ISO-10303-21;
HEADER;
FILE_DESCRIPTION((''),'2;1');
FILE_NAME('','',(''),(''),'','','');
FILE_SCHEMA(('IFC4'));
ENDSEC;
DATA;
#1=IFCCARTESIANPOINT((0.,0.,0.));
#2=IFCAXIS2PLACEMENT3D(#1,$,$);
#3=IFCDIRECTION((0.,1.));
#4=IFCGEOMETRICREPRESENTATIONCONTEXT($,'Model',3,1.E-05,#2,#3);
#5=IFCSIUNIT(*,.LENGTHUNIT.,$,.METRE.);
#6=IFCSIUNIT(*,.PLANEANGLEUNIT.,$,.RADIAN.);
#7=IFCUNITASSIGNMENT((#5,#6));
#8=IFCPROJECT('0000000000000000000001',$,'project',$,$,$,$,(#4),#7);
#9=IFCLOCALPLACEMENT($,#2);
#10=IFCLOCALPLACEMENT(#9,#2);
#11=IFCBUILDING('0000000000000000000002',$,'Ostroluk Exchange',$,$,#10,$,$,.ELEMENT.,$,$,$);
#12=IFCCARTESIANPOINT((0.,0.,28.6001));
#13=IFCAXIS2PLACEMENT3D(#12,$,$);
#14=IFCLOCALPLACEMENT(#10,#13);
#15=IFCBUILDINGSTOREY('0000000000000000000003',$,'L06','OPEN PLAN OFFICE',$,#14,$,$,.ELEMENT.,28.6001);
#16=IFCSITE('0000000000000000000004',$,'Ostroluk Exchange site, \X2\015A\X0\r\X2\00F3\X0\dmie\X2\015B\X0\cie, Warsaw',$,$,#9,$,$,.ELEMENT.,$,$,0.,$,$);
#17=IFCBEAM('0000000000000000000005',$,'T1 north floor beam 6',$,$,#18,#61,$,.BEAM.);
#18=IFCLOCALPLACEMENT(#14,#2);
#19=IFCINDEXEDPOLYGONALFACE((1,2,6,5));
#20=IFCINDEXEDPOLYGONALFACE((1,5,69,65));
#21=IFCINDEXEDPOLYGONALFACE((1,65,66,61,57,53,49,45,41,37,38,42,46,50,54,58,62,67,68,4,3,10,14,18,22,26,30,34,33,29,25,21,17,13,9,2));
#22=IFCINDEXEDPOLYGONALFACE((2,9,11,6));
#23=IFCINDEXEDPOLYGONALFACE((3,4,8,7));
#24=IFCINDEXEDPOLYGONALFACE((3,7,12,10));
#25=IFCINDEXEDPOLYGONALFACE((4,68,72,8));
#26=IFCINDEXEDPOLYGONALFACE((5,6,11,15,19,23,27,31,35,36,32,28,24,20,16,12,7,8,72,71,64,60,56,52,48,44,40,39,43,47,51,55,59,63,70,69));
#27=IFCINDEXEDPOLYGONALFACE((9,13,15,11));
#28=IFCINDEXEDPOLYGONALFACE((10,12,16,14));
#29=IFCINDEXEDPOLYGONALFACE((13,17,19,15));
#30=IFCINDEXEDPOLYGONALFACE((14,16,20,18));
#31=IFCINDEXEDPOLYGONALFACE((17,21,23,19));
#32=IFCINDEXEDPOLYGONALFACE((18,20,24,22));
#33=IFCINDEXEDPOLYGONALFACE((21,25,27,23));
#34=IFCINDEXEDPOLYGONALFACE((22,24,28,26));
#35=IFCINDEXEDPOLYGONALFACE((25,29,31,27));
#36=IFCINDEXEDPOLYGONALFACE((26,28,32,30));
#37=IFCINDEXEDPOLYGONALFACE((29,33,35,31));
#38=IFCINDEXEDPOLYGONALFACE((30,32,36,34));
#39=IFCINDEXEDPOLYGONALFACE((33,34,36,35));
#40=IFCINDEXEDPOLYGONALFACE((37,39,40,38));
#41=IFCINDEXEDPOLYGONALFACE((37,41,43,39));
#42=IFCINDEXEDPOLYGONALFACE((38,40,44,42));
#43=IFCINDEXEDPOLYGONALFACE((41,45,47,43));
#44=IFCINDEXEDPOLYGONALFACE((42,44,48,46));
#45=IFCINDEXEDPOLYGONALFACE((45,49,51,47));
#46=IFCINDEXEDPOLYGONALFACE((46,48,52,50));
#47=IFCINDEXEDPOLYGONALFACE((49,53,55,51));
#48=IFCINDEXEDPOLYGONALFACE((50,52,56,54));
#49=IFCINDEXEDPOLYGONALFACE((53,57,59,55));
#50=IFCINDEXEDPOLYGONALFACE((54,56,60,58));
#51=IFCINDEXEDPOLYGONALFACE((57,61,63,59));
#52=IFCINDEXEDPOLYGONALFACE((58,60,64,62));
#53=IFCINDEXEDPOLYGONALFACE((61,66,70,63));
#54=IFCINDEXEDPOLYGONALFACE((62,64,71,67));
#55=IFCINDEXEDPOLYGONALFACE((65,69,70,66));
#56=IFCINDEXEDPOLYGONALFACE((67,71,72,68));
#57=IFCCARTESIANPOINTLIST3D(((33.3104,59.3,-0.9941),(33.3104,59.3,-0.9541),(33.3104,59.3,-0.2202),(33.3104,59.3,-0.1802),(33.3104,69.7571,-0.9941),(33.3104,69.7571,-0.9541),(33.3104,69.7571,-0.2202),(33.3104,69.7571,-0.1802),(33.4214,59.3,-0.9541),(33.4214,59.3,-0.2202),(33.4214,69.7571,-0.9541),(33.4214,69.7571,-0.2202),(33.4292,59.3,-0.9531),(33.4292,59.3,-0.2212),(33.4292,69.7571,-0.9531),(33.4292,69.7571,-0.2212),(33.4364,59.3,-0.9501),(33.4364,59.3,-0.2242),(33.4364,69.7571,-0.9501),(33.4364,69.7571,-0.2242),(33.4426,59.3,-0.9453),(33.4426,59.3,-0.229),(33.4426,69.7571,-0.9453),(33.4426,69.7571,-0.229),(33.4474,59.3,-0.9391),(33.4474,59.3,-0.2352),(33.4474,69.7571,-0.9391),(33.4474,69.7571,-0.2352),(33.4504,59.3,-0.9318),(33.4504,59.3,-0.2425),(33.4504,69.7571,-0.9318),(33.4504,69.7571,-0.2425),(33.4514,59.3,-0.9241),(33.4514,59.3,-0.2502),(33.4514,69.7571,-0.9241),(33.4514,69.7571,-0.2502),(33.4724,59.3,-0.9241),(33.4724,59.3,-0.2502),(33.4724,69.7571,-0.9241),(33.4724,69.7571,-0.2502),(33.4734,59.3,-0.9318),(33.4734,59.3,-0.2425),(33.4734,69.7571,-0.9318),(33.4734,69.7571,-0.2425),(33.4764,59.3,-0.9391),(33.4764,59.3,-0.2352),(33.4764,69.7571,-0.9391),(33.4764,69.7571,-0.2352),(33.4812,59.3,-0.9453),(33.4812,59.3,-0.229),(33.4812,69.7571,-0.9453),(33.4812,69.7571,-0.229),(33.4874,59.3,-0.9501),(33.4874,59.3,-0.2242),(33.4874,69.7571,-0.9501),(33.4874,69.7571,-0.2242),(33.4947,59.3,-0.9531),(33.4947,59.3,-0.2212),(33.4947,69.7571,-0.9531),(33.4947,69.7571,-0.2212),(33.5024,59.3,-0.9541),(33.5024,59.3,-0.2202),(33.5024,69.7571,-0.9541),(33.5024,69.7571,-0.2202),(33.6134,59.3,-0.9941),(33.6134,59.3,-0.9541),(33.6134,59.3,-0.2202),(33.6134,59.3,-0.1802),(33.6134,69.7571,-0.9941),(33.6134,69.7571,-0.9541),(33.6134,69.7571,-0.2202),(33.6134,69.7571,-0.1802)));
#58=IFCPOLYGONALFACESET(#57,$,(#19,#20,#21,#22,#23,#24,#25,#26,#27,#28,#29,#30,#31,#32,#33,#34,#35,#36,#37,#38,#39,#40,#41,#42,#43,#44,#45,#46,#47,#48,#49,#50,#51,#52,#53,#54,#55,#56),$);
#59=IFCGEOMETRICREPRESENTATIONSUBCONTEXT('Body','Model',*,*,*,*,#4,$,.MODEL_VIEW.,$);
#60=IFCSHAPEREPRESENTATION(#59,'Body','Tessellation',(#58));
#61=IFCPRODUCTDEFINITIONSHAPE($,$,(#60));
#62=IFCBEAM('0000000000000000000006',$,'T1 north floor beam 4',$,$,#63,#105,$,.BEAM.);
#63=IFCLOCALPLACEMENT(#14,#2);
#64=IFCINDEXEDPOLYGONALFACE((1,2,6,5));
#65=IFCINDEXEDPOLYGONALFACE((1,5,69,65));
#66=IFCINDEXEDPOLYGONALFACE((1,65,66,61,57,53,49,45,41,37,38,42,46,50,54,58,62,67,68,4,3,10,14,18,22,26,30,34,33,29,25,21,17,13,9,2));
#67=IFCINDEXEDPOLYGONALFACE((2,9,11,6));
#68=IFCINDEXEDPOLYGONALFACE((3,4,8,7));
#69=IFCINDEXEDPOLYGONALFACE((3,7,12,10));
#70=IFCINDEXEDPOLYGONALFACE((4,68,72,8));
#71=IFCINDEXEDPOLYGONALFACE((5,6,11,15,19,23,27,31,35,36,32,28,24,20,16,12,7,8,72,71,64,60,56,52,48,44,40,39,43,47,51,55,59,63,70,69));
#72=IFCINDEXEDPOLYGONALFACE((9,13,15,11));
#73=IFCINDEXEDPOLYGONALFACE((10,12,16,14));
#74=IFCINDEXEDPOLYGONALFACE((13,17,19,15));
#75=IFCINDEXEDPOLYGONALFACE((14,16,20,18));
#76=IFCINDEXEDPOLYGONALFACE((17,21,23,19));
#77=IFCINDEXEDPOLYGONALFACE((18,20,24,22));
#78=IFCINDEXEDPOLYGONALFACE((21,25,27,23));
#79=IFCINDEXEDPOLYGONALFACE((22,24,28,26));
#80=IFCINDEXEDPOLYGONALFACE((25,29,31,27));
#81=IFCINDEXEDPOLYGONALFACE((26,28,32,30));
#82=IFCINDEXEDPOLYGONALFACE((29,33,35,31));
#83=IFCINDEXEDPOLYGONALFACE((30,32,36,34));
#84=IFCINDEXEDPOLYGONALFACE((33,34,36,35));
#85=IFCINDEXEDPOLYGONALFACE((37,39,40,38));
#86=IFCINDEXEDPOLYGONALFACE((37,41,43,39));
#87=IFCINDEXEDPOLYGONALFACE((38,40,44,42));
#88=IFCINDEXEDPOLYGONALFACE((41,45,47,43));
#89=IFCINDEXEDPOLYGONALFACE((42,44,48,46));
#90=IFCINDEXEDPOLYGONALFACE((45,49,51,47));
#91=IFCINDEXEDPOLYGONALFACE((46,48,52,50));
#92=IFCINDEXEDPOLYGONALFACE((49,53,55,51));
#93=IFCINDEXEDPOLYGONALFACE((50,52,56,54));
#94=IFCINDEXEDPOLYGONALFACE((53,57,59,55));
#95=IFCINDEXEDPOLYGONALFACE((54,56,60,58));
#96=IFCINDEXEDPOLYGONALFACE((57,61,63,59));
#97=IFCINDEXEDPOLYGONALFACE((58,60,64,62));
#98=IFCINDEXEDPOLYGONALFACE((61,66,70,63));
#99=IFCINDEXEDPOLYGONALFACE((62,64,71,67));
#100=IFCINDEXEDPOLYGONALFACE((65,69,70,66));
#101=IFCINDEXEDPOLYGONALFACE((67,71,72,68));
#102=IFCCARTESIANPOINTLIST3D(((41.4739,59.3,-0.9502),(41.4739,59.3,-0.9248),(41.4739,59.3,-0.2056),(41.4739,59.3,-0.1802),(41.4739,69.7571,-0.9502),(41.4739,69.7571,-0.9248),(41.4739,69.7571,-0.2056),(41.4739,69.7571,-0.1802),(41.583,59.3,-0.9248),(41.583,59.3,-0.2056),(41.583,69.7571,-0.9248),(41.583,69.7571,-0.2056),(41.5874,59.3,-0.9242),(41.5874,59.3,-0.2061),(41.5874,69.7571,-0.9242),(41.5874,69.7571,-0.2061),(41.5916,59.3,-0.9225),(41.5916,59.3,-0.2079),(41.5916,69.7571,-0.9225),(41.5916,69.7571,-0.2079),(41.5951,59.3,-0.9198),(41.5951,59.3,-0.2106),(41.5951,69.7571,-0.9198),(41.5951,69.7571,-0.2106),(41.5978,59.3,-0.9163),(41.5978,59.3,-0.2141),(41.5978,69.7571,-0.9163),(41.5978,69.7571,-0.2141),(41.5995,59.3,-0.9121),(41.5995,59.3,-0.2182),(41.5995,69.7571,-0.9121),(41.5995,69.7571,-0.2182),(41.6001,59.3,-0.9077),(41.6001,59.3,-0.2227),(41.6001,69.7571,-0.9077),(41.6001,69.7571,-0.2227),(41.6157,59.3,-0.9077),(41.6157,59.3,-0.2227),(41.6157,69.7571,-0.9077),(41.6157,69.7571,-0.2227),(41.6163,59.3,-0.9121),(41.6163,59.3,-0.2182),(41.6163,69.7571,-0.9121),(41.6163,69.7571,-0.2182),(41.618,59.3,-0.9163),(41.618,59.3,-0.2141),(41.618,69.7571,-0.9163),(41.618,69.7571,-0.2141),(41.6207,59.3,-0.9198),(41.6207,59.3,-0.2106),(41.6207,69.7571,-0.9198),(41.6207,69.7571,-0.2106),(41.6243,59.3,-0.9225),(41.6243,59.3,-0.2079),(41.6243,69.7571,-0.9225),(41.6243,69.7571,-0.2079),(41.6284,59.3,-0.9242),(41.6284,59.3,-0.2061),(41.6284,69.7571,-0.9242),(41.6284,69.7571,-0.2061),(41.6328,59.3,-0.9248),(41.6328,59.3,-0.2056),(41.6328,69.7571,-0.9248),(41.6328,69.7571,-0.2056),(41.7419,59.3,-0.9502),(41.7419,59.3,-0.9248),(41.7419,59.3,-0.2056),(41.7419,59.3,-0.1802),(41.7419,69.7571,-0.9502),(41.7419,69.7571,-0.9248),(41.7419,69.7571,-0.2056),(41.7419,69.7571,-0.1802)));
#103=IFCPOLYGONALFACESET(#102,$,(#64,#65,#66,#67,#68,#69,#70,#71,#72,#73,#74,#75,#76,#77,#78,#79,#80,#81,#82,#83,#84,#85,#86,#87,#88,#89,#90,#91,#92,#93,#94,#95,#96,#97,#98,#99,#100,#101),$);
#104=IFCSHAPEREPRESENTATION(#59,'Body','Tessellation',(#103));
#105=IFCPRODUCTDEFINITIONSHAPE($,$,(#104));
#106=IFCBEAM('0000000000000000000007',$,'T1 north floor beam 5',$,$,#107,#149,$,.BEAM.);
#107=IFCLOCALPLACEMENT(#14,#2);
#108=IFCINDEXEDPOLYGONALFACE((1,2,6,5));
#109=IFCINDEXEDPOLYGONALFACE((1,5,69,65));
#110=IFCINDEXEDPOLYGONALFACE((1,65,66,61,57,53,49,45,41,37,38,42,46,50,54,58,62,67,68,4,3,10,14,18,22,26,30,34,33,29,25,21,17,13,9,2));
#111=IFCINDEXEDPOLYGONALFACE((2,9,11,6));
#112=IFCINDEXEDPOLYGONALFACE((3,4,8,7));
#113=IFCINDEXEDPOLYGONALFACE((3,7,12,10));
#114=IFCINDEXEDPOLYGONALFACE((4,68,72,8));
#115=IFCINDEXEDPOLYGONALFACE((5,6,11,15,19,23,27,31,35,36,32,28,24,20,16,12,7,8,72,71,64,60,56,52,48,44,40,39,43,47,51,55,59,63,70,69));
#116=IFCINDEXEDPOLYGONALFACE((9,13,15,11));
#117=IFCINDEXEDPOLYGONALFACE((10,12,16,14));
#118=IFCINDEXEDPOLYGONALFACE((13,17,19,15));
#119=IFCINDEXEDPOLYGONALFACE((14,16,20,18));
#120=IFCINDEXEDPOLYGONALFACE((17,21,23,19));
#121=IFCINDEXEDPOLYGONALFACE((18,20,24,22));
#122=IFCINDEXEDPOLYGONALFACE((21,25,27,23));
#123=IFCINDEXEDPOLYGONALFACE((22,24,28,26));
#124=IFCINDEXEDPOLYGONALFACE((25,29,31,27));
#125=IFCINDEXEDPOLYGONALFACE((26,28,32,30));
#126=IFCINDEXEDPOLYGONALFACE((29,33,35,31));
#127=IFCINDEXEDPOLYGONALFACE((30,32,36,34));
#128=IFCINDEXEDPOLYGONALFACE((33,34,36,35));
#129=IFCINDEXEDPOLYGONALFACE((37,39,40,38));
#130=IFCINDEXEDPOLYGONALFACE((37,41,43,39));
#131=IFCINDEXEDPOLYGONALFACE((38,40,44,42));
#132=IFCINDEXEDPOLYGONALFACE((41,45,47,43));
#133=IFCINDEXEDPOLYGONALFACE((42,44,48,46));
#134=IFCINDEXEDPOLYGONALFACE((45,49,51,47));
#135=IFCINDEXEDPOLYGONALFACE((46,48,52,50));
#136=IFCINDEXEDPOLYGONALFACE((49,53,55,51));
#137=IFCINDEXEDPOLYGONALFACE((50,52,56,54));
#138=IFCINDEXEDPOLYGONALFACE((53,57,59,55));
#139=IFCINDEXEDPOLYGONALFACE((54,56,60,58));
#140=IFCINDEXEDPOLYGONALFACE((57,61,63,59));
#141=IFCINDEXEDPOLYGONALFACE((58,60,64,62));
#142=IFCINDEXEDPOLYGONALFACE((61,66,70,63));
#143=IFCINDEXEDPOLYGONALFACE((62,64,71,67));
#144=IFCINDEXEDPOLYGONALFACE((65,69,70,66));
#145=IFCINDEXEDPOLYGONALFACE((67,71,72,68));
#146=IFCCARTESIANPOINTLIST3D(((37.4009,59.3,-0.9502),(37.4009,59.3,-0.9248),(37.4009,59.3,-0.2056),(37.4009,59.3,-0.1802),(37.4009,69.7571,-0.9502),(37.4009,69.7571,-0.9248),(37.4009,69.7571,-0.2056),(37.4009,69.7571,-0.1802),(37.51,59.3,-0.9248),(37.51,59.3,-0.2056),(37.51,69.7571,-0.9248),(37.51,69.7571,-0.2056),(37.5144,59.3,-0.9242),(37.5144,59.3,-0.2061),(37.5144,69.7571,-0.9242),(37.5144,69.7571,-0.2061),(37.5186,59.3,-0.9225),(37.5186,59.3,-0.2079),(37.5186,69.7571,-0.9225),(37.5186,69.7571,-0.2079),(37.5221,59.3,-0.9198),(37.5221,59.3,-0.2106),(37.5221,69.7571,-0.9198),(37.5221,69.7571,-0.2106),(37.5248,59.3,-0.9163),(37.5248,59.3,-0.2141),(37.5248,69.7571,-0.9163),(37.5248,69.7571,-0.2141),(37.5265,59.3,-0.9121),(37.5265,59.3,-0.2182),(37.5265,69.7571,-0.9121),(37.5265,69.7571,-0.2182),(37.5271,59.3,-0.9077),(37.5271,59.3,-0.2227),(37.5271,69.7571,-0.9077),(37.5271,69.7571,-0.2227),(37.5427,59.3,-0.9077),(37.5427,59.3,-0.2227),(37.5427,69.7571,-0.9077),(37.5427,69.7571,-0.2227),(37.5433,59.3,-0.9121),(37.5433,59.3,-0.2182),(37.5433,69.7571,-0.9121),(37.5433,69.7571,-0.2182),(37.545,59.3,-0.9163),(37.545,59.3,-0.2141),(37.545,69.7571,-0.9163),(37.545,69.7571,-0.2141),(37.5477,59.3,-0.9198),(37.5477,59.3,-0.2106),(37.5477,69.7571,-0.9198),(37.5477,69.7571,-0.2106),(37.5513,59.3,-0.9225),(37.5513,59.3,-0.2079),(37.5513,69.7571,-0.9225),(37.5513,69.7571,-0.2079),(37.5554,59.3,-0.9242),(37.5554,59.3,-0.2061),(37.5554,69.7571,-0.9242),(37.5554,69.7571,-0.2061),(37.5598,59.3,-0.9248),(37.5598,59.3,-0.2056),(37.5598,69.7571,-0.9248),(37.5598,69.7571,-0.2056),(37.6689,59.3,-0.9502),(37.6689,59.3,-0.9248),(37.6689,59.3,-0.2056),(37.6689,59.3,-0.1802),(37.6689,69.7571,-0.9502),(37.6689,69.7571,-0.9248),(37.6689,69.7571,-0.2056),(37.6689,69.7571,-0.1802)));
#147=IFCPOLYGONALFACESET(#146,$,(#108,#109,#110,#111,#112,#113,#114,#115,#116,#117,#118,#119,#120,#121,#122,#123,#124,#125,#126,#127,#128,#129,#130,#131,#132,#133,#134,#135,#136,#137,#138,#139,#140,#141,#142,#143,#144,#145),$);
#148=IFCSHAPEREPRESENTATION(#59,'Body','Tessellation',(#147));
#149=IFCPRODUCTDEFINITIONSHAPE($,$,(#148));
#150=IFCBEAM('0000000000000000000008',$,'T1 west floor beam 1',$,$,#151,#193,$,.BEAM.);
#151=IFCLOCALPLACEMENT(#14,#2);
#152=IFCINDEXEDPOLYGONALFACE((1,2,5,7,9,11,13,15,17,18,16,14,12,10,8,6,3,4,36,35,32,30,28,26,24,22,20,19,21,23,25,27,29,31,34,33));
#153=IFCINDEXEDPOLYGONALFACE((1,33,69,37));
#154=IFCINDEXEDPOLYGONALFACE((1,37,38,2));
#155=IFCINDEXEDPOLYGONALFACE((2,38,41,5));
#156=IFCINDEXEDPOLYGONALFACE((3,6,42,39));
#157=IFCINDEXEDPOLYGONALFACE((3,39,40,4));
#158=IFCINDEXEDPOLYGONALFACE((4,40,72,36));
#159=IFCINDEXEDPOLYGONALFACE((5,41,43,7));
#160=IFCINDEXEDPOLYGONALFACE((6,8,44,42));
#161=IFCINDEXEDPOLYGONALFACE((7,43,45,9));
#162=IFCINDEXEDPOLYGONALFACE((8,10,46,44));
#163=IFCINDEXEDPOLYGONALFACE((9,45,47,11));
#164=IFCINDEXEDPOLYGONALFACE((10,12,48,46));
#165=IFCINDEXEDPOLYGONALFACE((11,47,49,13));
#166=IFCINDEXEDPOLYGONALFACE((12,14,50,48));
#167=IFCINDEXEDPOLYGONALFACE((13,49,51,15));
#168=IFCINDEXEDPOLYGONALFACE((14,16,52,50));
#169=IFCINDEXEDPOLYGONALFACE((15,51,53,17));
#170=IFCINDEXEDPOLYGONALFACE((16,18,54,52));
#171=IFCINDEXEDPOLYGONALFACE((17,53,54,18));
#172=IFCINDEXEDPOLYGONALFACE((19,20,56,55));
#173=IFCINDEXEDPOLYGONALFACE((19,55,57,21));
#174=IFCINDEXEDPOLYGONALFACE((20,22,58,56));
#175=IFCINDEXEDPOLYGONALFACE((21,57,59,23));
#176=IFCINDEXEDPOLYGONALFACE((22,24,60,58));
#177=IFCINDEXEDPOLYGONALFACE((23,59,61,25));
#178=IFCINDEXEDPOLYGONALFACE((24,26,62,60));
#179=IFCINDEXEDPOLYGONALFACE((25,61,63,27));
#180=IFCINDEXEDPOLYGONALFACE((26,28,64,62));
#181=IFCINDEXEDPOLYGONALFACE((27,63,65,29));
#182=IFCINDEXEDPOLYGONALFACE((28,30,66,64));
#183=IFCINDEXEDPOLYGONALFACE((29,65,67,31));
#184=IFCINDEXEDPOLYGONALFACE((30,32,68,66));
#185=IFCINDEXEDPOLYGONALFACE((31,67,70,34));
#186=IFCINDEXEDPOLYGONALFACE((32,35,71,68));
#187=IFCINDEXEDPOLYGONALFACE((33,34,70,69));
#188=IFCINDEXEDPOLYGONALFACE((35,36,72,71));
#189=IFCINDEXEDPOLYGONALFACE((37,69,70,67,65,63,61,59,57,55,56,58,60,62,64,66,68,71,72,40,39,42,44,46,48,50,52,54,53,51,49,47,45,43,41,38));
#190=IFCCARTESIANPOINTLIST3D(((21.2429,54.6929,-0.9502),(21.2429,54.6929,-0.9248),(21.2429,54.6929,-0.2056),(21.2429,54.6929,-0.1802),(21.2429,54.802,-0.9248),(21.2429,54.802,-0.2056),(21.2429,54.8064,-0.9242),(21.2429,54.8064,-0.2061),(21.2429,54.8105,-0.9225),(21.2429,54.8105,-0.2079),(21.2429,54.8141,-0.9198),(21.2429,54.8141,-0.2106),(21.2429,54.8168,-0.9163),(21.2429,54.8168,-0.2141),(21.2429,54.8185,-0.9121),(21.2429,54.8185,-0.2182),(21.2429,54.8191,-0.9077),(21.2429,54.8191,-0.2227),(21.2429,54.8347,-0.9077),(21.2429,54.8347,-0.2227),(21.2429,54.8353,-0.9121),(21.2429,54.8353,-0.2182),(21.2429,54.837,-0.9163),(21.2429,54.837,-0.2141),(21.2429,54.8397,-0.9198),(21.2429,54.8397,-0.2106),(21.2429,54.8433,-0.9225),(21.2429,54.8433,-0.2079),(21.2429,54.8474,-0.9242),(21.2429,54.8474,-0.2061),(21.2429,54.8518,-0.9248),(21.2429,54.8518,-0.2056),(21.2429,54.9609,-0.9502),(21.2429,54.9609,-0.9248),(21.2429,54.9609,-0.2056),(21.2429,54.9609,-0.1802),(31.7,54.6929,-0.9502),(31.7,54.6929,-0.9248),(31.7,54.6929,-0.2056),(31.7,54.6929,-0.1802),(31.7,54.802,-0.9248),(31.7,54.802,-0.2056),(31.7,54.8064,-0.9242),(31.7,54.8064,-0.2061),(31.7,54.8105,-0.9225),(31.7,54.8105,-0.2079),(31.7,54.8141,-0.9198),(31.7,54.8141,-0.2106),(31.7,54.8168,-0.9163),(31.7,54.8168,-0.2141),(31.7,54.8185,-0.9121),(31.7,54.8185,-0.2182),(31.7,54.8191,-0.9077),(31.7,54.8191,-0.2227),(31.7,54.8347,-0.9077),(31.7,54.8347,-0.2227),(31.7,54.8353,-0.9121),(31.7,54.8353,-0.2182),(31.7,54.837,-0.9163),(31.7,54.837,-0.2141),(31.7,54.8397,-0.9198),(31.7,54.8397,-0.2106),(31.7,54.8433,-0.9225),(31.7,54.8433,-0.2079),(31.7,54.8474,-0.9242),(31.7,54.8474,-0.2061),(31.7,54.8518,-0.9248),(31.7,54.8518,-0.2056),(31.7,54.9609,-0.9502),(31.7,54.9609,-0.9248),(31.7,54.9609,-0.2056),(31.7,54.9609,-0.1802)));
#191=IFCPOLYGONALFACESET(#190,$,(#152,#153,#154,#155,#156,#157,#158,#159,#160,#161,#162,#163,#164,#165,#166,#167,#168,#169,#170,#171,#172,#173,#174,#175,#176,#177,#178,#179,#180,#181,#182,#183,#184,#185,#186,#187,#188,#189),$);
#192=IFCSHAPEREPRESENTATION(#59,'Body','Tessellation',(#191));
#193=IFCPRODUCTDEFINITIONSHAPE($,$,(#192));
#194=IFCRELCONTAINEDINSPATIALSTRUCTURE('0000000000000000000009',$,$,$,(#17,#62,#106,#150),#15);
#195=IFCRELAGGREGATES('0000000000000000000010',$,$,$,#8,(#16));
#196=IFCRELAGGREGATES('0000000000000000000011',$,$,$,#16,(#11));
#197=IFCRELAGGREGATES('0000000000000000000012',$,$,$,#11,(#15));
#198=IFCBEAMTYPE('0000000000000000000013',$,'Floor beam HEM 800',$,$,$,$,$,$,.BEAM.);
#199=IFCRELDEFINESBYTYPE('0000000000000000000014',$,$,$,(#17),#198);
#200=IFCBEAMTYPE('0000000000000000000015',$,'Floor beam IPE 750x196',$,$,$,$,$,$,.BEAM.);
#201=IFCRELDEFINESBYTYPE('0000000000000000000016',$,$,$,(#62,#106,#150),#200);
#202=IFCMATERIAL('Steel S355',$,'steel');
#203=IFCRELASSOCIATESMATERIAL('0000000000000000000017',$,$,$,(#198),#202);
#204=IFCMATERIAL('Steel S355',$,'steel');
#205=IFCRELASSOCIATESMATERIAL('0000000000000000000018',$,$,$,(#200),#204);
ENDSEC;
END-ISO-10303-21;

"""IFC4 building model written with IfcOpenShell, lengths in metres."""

from ifc_helpers import new_model, si_unit, direction, frame, origin, origin_2d, place, context, subcontext, project, spatial, i_section, extrude, material, material_profile, profile_set, type_object, element, save


model = new_model("IFC4")

# Units and contexts
model_context = context("Model", 3, precision=1e-05, world=origin(), true_north=direction((0.0, 1.0)))
body_context = subcontext(model_context, "Body", "Model", "MODEL_VIEW")
ifc_project = project(units=[si_unit("LENGTHUNIT", "METRE"), si_unit("PLANEANGLEUNIT", "RADIAN")], contexts=[model_context])

# Site, building, storey
site_placement = place(None, origin())
site = spatial("IfcSite", under=ifc_project, at=site_placement, Name="Ostroluk Exchange site, Śródmieście, Warsaw", CompositionType="ELEMENT", RefElevation=0.0)
building_placement = place(site_placement, origin())
building = spatial("IfcBuilding", under=site, at=building_placement, Name="Ostroluk Exchange", CompositionType="ELEMENT")
storey_placement = place(building_placement, frame((0.0, 0.0, 28.6001)))
storey = spatial("IfcBuildingStorey", under=building, at=storey_placement, Name="L06", Description="OPEN PLAN OFFICE", CompositionType="ELEMENT", Elevation=28.6001)

# Beams
ifc_material_1 = material(Name="Steel S355", Category="steel")
ifc_material_profile_1 = material_profile(ifc_material_1, i_section(OverallWidth=0.303, OverallDepth=0.814, WebThickness=0.021, FlangeThickness=0.04, FilletRadius=0.03, at=origin_2d()), Name="HEM 800")
ifc_profile_set_1 = profile_set([ifc_material_profile_1], Name="Steel S355")
beam_type_1 = type_object("IfcBeamType", Name="Floor beam HEM 800", PredefinedType="BEAM", material=ifc_profile_set_1)
beam_1_placement = place(storey_placement, frame((33.4619, 59.3, -0.5872), z_axis=(0.0, 1.0, 0.0), x_axis=(-1.0, 0.0, 0.0)))
element("IfcBeam", 1, at=beam_1_placement, inside=storey, type_object=beam_type_1, Name="T1 north floor beam 6", PredefinedType="BEAM", context=body_context, shape_type="SweptSolid", body=[
    extrude(i_section(OverallWidth=0.303, OverallDepth=0.814, WebThickness=0.021, FlangeThickness=0.04, FilletRadius=0.03, at=origin_2d()), origin(), (0.0, 0.0, 1.0), 10.457),
])
ifc_material_2 = material(Name="Steel S355", Category="steel")
ifc_material_profile_2 = material_profile(ifc_material_2, i_section(OverallWidth=0.2681, OverallDepth=0.77, WebThickness=0.0156, FlangeThickness=0.0254, FilletRadius=0.0171, at=origin_2d()), Name="IPE 750x196")
ifc_profile_set_2 = profile_set([ifc_material_profile_2], Name="Steel S355")
beam_type_2 = type_object("IfcBeamType", Name="Floor beam IPE 750x196", PredefinedType="BEAM", material=ifc_profile_set_2)
for number, where, z_axis, x_axis, name in (
    (2, (41.6079, 59.3, -0.5652), (0.0, 1.0, 0.0), (-1.0, 0.0, 0.0), "T1 north floor beam 4"),
    (3, (37.5349, 59.3, -0.5652), (0.0, 1.0, 0.0), (-1.0, 0.0, 0.0), "T1 north floor beam 5"),
    (4, (31.7, 54.8269, -0.5652), (-1.0, 0.0, 0.0), (0.0, -1.0, 0.0), "T1 west floor beam 1"),
):
    element("IfcBeam", number, at=place(storey_placement, frame(where, z_axis=z_axis, x_axis=x_axis)), inside=storey, type_object=beam_type_2, Name=name, PredefinedType="BEAM", context=body_context, shape_type="SweptSolid", body=[
        extrude(i_section(OverallWidth=0.2681, OverallDepth=0.77, WebThickness=0.0156, FlangeThickness=0.0254, FilletRadius=0.0171, at=origin_2d()), origin(), (0.0, 0.0, 1.0), 10.457),
    ])

save(model, "model.ifc")
